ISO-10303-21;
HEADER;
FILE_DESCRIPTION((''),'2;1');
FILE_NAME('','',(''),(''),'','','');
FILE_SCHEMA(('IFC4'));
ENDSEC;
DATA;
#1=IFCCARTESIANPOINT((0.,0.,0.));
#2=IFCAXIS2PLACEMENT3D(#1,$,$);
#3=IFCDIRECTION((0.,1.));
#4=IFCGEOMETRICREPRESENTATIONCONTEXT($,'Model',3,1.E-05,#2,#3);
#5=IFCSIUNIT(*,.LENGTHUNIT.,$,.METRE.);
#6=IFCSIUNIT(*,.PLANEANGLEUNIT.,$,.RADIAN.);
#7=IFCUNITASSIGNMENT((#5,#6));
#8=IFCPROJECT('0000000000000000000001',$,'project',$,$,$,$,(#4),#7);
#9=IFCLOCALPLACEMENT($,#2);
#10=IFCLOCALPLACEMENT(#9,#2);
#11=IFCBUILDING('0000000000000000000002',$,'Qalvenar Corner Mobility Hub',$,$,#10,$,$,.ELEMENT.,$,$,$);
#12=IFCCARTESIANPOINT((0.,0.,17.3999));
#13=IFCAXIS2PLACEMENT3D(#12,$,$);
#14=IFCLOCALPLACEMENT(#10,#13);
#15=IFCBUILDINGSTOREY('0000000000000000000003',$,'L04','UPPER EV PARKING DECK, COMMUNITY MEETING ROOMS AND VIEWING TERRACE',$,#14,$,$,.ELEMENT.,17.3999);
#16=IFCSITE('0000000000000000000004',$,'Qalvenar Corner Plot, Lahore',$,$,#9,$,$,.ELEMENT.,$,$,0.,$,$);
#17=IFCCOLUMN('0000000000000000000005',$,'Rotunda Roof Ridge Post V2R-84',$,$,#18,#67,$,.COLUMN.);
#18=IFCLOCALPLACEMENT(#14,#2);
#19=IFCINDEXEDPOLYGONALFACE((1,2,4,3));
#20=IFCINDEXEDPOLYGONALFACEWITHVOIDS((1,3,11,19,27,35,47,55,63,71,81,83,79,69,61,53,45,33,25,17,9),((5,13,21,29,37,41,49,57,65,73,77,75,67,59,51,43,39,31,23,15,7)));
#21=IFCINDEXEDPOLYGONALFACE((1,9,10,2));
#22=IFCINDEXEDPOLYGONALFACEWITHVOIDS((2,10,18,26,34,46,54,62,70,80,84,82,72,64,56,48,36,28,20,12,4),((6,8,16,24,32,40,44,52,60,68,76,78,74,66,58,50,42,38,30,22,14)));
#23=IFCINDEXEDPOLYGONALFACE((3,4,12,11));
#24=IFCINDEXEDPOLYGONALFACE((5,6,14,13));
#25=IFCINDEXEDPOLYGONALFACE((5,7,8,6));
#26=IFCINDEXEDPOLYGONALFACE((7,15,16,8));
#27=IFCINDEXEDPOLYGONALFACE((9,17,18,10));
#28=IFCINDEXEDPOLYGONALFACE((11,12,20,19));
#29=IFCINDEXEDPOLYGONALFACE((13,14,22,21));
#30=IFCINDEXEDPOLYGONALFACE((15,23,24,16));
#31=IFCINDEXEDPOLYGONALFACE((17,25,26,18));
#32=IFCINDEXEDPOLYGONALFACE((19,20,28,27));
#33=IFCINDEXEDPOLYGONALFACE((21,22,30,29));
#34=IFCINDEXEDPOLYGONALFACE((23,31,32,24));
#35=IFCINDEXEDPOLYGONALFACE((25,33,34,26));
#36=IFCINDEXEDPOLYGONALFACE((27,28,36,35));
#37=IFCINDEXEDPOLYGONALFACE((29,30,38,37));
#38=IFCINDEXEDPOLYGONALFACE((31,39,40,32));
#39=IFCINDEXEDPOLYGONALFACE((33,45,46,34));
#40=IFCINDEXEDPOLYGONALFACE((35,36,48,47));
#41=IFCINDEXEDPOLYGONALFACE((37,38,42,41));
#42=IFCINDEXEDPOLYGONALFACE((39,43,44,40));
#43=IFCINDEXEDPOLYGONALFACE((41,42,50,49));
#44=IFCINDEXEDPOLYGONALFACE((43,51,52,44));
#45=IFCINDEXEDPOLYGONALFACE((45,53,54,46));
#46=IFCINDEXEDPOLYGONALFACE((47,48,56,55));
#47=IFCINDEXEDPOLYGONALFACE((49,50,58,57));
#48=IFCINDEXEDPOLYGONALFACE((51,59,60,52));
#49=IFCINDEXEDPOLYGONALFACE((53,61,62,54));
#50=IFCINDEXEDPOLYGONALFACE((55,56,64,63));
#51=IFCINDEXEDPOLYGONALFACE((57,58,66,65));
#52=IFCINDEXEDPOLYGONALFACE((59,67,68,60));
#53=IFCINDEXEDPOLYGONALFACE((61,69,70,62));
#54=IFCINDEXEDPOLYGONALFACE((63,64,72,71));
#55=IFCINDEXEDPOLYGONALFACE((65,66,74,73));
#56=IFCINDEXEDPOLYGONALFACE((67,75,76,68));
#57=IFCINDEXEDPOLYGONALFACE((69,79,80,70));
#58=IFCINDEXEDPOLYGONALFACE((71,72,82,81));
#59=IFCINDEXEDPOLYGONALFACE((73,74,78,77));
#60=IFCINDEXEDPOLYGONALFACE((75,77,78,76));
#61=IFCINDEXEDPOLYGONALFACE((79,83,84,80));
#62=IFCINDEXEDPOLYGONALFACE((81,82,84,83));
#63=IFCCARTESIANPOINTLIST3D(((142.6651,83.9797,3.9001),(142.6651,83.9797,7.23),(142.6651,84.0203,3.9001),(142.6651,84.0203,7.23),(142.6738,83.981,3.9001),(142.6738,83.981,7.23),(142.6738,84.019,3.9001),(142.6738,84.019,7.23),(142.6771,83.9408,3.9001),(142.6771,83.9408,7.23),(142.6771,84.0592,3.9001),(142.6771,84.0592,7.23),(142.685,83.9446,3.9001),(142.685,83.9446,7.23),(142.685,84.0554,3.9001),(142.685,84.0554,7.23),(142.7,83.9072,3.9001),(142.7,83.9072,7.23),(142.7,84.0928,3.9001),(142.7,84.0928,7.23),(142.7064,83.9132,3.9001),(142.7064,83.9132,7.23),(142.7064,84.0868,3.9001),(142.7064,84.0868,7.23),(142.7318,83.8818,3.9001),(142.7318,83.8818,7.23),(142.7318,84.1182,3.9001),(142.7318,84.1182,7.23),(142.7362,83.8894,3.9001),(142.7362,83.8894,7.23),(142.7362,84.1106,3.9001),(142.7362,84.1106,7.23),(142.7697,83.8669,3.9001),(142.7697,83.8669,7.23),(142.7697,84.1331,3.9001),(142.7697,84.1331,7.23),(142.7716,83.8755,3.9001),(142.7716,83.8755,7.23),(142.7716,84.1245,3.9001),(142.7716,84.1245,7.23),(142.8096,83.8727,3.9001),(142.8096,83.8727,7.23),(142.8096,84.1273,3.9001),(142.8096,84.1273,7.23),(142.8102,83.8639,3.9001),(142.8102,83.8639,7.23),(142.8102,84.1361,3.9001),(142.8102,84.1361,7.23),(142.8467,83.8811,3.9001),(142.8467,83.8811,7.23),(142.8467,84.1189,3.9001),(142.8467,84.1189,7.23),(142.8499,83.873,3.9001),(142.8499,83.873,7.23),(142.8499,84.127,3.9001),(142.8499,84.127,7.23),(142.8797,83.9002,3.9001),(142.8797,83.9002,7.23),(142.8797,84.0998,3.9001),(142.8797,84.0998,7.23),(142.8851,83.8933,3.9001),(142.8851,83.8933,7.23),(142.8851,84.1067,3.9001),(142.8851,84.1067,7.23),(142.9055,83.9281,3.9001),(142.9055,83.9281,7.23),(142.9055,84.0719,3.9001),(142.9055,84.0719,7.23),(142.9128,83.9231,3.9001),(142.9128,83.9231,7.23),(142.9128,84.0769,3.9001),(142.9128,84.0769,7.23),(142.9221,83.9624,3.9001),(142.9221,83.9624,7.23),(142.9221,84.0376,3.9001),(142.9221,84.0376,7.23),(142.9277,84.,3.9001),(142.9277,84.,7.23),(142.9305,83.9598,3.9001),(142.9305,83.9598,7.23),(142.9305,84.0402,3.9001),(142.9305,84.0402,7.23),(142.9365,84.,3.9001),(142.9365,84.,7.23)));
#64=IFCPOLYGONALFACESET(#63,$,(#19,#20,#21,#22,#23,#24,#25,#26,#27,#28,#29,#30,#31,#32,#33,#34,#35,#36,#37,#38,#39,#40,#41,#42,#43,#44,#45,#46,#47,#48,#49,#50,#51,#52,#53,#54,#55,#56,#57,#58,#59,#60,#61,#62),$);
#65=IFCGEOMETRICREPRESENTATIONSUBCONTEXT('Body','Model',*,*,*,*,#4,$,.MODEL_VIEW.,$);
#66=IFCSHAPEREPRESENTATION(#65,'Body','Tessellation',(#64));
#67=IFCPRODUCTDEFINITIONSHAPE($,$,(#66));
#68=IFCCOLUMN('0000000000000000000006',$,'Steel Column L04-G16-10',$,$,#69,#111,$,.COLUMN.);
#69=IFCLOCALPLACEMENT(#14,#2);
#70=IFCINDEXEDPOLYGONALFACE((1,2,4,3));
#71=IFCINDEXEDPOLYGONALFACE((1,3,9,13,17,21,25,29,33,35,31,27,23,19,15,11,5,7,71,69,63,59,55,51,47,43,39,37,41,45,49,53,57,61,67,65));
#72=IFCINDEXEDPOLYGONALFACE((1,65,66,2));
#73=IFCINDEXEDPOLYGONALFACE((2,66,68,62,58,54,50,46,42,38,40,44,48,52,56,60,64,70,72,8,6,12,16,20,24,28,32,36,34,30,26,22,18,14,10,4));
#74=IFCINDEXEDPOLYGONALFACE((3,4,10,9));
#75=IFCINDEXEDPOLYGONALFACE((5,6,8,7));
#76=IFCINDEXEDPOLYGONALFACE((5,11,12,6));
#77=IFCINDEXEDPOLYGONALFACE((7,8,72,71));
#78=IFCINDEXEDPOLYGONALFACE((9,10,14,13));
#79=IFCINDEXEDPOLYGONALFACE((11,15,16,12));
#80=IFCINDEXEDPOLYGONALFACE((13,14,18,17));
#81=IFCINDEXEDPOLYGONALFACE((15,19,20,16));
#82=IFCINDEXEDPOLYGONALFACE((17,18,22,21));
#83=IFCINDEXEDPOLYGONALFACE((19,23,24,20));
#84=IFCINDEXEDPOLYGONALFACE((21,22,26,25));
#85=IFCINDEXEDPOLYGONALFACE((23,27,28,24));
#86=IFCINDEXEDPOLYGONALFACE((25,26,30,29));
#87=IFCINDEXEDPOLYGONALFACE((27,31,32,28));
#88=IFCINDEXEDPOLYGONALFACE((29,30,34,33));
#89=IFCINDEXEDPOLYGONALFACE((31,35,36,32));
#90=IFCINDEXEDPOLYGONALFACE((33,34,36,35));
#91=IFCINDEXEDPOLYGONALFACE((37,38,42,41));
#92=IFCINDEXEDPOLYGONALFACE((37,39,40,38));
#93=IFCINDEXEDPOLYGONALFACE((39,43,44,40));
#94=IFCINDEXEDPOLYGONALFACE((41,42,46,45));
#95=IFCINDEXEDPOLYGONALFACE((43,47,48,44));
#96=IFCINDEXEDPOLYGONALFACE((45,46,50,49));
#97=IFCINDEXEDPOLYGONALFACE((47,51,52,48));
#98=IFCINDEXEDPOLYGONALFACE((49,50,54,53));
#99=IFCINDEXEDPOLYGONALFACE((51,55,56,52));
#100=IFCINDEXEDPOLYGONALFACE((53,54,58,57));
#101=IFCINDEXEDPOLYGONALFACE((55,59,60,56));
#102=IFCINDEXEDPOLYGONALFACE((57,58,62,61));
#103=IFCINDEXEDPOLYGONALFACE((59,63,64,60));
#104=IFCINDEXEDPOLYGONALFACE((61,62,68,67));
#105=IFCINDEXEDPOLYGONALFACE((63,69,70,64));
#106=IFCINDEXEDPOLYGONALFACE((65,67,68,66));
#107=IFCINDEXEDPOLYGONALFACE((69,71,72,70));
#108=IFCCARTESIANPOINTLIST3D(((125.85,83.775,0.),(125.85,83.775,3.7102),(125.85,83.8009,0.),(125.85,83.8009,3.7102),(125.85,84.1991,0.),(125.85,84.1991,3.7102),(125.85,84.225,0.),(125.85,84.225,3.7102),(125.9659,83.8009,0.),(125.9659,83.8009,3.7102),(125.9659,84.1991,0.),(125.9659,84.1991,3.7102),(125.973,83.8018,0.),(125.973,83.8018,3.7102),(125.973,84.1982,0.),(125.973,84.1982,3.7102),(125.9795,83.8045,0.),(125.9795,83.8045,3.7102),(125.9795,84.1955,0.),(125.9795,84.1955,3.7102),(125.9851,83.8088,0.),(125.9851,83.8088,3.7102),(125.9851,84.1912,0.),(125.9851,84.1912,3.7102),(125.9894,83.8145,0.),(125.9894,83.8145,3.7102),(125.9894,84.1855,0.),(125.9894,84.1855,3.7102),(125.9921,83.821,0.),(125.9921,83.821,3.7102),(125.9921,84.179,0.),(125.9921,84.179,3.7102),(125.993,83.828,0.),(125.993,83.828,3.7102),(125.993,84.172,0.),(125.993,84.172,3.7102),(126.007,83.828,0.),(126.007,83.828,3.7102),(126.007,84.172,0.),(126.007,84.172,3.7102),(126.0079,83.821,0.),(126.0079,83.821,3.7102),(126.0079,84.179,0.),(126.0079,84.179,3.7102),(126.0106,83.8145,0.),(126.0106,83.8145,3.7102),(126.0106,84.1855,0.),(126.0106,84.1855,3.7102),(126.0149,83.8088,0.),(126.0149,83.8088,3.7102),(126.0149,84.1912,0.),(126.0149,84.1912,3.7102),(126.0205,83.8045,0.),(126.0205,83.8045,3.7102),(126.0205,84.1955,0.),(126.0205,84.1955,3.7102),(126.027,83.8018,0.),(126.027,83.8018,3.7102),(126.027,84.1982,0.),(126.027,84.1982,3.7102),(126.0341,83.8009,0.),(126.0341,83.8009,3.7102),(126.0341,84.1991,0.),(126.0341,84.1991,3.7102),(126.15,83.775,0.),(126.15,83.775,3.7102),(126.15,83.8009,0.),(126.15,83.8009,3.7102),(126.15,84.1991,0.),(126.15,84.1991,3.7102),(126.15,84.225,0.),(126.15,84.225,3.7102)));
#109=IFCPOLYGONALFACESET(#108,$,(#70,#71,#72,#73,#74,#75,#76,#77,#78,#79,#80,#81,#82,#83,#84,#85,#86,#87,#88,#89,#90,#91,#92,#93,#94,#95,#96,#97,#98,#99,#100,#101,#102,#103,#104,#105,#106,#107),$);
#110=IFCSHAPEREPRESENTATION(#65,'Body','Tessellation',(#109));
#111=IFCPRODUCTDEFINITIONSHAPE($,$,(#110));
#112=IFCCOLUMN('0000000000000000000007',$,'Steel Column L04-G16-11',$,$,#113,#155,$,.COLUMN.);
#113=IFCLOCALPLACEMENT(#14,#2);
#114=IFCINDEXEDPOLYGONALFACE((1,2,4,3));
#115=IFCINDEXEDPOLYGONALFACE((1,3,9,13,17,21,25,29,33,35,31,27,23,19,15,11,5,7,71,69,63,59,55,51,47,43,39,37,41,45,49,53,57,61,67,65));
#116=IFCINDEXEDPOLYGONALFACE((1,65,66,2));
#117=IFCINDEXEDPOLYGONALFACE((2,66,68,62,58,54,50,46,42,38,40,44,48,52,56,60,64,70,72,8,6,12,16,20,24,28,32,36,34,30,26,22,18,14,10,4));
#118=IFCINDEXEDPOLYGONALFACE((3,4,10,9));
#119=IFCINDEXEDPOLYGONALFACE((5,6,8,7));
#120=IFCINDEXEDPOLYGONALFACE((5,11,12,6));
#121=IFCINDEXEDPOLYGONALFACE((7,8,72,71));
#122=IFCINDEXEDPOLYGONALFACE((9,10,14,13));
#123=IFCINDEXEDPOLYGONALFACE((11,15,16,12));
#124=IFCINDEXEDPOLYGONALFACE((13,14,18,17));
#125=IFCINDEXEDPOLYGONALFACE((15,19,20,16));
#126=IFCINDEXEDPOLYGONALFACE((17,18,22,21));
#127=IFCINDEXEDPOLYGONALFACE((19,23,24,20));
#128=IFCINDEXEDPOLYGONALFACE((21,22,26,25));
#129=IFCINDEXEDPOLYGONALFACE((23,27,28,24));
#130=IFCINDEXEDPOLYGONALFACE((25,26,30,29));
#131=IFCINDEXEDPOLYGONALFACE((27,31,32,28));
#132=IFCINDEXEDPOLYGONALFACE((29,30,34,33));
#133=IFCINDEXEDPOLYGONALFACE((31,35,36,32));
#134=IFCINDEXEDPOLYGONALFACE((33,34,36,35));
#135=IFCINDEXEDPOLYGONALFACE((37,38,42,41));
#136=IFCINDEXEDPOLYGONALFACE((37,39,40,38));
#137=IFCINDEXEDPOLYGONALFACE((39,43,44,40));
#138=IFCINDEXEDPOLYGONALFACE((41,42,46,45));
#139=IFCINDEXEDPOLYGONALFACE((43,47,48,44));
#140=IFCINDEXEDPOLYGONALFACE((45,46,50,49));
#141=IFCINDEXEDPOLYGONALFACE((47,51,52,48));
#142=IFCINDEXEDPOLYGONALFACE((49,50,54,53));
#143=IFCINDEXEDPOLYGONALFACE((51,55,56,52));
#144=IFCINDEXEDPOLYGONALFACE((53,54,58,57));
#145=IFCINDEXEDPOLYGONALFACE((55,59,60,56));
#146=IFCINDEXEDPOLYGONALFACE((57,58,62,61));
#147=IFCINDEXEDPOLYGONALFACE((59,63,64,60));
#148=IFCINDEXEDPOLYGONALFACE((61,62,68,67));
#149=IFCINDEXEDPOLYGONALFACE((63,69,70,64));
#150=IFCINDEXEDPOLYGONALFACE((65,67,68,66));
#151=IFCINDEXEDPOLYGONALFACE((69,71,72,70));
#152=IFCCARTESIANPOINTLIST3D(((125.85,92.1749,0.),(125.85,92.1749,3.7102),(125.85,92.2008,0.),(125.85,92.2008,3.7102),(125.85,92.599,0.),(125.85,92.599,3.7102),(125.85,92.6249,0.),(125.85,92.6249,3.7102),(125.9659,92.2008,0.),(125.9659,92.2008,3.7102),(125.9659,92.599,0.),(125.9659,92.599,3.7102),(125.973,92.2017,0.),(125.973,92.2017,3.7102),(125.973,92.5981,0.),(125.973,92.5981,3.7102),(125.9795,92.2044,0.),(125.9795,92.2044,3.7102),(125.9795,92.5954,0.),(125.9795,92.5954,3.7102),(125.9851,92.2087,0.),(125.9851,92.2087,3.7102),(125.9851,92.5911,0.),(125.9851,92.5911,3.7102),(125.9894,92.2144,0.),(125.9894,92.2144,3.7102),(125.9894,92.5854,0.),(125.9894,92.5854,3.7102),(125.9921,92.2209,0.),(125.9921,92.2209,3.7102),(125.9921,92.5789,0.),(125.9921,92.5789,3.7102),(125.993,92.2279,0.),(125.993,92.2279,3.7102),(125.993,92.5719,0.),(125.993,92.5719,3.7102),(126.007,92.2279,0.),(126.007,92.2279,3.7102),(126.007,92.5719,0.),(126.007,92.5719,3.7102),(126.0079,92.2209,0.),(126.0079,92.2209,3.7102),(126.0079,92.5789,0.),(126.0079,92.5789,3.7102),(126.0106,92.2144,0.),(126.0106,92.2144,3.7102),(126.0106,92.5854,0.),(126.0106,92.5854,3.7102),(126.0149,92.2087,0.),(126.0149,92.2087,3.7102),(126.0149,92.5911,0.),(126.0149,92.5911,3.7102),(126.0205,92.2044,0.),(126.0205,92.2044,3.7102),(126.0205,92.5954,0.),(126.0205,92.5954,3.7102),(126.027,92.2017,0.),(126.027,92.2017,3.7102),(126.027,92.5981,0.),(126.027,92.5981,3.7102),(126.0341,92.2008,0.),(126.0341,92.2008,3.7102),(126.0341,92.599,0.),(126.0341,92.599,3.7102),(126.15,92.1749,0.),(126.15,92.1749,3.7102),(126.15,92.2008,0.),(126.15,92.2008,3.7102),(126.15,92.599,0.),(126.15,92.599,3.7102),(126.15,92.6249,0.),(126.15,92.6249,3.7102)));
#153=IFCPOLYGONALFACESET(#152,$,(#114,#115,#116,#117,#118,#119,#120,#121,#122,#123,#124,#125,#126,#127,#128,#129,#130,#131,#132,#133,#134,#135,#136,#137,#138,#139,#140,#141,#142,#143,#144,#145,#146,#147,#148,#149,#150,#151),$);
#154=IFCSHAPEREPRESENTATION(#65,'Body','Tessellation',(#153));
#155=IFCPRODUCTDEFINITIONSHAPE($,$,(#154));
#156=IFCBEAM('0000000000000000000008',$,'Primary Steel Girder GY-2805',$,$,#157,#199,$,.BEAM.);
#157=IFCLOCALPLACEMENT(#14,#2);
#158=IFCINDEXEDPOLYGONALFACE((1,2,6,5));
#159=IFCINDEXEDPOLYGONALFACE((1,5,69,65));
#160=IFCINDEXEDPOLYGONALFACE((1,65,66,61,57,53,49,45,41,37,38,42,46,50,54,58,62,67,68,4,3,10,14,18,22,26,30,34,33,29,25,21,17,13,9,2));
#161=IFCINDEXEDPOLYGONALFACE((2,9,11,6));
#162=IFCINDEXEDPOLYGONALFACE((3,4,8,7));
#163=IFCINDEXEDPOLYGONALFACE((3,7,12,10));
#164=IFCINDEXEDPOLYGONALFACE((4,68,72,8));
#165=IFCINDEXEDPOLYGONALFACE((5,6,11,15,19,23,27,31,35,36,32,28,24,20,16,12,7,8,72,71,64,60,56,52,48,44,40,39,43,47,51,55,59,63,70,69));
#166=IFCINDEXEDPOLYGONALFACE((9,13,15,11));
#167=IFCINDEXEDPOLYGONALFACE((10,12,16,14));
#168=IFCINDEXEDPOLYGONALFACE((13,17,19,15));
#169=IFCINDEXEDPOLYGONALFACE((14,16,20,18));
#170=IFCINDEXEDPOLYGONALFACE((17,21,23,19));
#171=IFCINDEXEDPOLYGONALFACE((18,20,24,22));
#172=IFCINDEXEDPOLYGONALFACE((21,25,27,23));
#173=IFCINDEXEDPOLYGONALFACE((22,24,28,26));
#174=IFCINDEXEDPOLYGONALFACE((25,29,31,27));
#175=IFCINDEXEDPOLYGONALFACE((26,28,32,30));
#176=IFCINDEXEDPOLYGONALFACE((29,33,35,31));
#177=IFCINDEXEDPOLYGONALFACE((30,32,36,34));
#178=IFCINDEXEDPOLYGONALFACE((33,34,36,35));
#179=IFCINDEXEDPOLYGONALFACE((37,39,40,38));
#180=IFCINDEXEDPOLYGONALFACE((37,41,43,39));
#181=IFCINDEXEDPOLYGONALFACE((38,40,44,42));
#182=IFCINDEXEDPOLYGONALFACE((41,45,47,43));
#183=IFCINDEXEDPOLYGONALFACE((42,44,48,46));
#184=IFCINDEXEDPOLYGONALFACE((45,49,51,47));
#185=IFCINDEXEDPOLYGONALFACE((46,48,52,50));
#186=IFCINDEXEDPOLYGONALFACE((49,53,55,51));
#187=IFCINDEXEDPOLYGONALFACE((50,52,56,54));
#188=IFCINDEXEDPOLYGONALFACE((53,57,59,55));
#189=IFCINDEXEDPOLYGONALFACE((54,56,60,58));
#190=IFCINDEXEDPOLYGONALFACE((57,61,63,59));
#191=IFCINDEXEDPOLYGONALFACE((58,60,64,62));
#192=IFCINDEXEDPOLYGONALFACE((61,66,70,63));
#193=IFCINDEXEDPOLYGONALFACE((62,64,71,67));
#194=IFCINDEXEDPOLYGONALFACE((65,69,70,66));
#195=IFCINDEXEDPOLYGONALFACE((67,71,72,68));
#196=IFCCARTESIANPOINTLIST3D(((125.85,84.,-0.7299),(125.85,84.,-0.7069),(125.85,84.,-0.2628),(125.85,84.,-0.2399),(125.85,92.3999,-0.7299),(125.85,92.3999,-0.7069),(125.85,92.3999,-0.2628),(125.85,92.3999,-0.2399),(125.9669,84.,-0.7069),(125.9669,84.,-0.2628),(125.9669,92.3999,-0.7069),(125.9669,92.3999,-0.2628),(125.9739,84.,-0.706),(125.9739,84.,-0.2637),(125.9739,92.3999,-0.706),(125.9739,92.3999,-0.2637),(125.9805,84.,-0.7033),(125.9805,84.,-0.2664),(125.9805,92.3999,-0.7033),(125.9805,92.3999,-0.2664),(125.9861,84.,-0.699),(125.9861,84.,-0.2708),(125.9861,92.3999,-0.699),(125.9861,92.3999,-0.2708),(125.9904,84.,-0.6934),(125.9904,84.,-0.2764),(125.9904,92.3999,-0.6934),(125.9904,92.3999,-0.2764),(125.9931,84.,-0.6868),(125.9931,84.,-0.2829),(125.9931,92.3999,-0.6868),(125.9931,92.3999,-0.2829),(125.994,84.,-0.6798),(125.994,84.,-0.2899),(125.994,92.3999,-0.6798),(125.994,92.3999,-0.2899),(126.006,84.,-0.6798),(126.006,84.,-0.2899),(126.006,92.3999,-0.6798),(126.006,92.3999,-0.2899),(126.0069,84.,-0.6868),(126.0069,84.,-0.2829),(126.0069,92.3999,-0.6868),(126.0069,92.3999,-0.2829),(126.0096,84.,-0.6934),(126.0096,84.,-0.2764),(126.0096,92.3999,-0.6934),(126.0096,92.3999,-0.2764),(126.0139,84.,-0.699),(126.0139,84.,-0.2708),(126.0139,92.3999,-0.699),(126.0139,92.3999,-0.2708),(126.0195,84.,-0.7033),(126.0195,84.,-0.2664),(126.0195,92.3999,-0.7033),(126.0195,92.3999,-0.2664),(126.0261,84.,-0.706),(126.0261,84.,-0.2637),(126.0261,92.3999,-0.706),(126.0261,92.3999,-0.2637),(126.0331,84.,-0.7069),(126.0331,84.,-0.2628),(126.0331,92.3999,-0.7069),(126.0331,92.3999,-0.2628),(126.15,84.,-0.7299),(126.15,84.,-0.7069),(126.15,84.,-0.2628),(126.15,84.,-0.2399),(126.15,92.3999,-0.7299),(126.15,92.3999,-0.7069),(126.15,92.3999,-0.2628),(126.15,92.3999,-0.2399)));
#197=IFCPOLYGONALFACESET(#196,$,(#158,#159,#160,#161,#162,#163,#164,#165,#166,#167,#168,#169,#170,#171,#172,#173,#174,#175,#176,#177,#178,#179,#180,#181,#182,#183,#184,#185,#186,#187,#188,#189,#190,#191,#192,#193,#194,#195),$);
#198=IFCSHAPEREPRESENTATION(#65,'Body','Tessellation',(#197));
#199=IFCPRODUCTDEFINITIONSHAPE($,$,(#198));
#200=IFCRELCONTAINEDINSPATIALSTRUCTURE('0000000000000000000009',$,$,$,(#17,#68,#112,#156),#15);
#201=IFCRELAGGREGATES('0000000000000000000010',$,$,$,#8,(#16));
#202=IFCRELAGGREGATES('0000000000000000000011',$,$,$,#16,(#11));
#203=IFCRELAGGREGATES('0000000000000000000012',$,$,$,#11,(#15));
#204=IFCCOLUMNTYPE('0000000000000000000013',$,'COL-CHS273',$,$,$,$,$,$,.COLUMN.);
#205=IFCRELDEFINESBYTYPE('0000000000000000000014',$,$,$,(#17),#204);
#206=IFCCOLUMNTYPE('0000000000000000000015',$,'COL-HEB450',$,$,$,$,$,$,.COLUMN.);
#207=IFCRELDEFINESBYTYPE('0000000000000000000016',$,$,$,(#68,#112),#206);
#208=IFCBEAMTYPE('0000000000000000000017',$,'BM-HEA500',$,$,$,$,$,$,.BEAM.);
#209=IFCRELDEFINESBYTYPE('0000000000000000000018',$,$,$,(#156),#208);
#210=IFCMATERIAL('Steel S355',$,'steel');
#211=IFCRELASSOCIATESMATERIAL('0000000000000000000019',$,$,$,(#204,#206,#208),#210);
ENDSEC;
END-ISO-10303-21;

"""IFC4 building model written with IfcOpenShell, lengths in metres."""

from ifc_helpers import new_model, si_unit, direction, frame, origin, origin_2d, place, context, subcontext, project, spatial, hollow_circle, i_section, extrude, material, material_profile, profile_set, type_object, element, save


model = new_model("IFC4")

# Units and contexts
model_context = context("Model", 3, precision=1e-05, world=origin(), true_north=direction((0.0, 1.0)))
body_context = subcontext(model_context, "Body", "Model", "MODEL_VIEW")
ifc_project = project(units=[si_unit("LENGTHUNIT", "METRE"), si_unit("PLANEANGLEUNIT", "RADIAN")], contexts=[model_context])

# Site, building, storey
site_placement = place(None, origin())
site = spatial("IfcSite", under=ifc_project, at=site_placement, Name="Qalvenar Corner Plot, Lahore", CompositionType="ELEMENT", RefElevation=0.0)
building_placement = place(site_placement, origin())
building = spatial("IfcBuilding", under=site, at=building_placement, Name="Qalvenar Corner Mobility Hub", CompositionType="ELEMENT")
storey_placement = place(building_placement, frame((0.0, 0.0, 17.3999)))
storey = spatial("IfcBuildingStorey", under=building, at=storey_placement, Name="L04", Description="UPPER EV PARKING DECK, COMMUNITY MEETING ROOMS AND VIEWING TERRACE", CompositionType="ELEMENT", Elevation=17.3999)

# Columns
ifc_material_1 = material(Name="Steel S355", Category="steel")
ifc_material_profile_1 = material_profile(ifc_material_1, hollow_circle(Radius=0.1365, WallThickness=0.0088, at=origin_2d()), Name="CHS273x8.8")
ifc_profile_set_1 = profile_set([ifc_material_profile_1], Name="Steel S355")
column_type_1 = type_object("IfcColumnType", Name="COL-CHS273", PredefinedType="COLUMN", material=ifc_profile_set_1)
column_placement = place(storey_placement, frame((142.8, 84.0, 3.9001), z_axis=(0.0, 0.0, 1.0), x_axis=(1.0, 0.0, 0.0)))
element("IfcColumn", 1, at=column_placement, inside=storey, type_object=column_type_1, Name="Rotunda Roof Ridge Post V2R-84", PredefinedType="COLUMN", context=body_context, shape_type="SweptSolid", body=[
    extrude(hollow_circle(Radius=0.1365, WallThickness=0.0088, at=origin_2d()), origin(), (0.0, 0.0, 1.0), 3.3298),
])
ifc_material_profile_2 = material_profile(ifc_material_1, i_section(OverallWidth=0.3, OverallDepth=0.45, WebThickness=0.0139, FlangeThickness=0.0259, FilletRadius=0.0271, at=origin_2d()), Name="HEB450")
ifc_profile_set_2 = profile_set([ifc_material_profile_2], Name="Steel S355")
column_type_2 = type_object("IfcColumnType", Name="COL-HEB450", PredefinedType="COLUMN", material=ifc_profile_set_2)
for number, where, z_axis, x_axis, name in (
    (2, (126.0, 84.0, 0.0), (0.0, 0.0, 1.0), (1.0, 0.0, 0.0), "Steel Column L04-G16-10"),
    (3, (126.0, 92.3999, 0.0), (0.0, 0.0, 1.0), (1.0, 0.0, 0.0), "Steel Column L04-G16-11"),
):
    element("IfcColumn", number, at=place(storey_placement, frame(where, z_axis=z_axis, x_axis=x_axis)), inside=storey, type_object=column_type_2, Name=name, PredefinedType="COLUMN", context=body_context, shape_type="SweptSolid", body=[
        extrude(i_section(OverallWidth=0.3, OverallDepth=0.45, WebThickness=0.0139, FlangeThickness=0.0259, FilletRadius=0.0271, at=origin_2d()), origin(), (0.0, 0.0, 1.0), 3.7102),
    ])

# Beam
ifc_material_profile_3 = material_profile(ifc_material_1, i_section(OverallWidth=0.3, OverallDepth=0.49, WebThickness=0.012, FlangeThickness=0.0229, FilletRadius=0.0271, at=origin_2d()), Name="HEA500")
ifc_profile_set_3 = profile_set([ifc_material_profile_3], Name="Steel S355")
beam_type_1 = type_object("IfcBeamType", Name="BM-HEA500", PredefinedType="BEAM", material=ifc_profile_set_3)
beam_1_placement = place(storey_placement, frame((126.0, 84.0, -0.4849), z_axis=(0.0, 1.0, 0.0), x_axis=(-1.0, 0.0, 0.0)))
element("IfcBeam", 4, at=beam_1_placement, inside=storey, type_object=beam_type_1, Name="Primary Steel Girder GY-2805", PredefinedType="BEAM", context=body_context, shape_type="SweptSolid", body=[
    extrude(i_section(OverallWidth=0.3, OverallDepth=0.49, WebThickness=0.012, FlangeThickness=0.0229, FilletRadius=0.0271, at=origin_2d()), origin(), (0.0, 0.0, 1.0), 8.3999),
])

save(model, "model.ifc")
